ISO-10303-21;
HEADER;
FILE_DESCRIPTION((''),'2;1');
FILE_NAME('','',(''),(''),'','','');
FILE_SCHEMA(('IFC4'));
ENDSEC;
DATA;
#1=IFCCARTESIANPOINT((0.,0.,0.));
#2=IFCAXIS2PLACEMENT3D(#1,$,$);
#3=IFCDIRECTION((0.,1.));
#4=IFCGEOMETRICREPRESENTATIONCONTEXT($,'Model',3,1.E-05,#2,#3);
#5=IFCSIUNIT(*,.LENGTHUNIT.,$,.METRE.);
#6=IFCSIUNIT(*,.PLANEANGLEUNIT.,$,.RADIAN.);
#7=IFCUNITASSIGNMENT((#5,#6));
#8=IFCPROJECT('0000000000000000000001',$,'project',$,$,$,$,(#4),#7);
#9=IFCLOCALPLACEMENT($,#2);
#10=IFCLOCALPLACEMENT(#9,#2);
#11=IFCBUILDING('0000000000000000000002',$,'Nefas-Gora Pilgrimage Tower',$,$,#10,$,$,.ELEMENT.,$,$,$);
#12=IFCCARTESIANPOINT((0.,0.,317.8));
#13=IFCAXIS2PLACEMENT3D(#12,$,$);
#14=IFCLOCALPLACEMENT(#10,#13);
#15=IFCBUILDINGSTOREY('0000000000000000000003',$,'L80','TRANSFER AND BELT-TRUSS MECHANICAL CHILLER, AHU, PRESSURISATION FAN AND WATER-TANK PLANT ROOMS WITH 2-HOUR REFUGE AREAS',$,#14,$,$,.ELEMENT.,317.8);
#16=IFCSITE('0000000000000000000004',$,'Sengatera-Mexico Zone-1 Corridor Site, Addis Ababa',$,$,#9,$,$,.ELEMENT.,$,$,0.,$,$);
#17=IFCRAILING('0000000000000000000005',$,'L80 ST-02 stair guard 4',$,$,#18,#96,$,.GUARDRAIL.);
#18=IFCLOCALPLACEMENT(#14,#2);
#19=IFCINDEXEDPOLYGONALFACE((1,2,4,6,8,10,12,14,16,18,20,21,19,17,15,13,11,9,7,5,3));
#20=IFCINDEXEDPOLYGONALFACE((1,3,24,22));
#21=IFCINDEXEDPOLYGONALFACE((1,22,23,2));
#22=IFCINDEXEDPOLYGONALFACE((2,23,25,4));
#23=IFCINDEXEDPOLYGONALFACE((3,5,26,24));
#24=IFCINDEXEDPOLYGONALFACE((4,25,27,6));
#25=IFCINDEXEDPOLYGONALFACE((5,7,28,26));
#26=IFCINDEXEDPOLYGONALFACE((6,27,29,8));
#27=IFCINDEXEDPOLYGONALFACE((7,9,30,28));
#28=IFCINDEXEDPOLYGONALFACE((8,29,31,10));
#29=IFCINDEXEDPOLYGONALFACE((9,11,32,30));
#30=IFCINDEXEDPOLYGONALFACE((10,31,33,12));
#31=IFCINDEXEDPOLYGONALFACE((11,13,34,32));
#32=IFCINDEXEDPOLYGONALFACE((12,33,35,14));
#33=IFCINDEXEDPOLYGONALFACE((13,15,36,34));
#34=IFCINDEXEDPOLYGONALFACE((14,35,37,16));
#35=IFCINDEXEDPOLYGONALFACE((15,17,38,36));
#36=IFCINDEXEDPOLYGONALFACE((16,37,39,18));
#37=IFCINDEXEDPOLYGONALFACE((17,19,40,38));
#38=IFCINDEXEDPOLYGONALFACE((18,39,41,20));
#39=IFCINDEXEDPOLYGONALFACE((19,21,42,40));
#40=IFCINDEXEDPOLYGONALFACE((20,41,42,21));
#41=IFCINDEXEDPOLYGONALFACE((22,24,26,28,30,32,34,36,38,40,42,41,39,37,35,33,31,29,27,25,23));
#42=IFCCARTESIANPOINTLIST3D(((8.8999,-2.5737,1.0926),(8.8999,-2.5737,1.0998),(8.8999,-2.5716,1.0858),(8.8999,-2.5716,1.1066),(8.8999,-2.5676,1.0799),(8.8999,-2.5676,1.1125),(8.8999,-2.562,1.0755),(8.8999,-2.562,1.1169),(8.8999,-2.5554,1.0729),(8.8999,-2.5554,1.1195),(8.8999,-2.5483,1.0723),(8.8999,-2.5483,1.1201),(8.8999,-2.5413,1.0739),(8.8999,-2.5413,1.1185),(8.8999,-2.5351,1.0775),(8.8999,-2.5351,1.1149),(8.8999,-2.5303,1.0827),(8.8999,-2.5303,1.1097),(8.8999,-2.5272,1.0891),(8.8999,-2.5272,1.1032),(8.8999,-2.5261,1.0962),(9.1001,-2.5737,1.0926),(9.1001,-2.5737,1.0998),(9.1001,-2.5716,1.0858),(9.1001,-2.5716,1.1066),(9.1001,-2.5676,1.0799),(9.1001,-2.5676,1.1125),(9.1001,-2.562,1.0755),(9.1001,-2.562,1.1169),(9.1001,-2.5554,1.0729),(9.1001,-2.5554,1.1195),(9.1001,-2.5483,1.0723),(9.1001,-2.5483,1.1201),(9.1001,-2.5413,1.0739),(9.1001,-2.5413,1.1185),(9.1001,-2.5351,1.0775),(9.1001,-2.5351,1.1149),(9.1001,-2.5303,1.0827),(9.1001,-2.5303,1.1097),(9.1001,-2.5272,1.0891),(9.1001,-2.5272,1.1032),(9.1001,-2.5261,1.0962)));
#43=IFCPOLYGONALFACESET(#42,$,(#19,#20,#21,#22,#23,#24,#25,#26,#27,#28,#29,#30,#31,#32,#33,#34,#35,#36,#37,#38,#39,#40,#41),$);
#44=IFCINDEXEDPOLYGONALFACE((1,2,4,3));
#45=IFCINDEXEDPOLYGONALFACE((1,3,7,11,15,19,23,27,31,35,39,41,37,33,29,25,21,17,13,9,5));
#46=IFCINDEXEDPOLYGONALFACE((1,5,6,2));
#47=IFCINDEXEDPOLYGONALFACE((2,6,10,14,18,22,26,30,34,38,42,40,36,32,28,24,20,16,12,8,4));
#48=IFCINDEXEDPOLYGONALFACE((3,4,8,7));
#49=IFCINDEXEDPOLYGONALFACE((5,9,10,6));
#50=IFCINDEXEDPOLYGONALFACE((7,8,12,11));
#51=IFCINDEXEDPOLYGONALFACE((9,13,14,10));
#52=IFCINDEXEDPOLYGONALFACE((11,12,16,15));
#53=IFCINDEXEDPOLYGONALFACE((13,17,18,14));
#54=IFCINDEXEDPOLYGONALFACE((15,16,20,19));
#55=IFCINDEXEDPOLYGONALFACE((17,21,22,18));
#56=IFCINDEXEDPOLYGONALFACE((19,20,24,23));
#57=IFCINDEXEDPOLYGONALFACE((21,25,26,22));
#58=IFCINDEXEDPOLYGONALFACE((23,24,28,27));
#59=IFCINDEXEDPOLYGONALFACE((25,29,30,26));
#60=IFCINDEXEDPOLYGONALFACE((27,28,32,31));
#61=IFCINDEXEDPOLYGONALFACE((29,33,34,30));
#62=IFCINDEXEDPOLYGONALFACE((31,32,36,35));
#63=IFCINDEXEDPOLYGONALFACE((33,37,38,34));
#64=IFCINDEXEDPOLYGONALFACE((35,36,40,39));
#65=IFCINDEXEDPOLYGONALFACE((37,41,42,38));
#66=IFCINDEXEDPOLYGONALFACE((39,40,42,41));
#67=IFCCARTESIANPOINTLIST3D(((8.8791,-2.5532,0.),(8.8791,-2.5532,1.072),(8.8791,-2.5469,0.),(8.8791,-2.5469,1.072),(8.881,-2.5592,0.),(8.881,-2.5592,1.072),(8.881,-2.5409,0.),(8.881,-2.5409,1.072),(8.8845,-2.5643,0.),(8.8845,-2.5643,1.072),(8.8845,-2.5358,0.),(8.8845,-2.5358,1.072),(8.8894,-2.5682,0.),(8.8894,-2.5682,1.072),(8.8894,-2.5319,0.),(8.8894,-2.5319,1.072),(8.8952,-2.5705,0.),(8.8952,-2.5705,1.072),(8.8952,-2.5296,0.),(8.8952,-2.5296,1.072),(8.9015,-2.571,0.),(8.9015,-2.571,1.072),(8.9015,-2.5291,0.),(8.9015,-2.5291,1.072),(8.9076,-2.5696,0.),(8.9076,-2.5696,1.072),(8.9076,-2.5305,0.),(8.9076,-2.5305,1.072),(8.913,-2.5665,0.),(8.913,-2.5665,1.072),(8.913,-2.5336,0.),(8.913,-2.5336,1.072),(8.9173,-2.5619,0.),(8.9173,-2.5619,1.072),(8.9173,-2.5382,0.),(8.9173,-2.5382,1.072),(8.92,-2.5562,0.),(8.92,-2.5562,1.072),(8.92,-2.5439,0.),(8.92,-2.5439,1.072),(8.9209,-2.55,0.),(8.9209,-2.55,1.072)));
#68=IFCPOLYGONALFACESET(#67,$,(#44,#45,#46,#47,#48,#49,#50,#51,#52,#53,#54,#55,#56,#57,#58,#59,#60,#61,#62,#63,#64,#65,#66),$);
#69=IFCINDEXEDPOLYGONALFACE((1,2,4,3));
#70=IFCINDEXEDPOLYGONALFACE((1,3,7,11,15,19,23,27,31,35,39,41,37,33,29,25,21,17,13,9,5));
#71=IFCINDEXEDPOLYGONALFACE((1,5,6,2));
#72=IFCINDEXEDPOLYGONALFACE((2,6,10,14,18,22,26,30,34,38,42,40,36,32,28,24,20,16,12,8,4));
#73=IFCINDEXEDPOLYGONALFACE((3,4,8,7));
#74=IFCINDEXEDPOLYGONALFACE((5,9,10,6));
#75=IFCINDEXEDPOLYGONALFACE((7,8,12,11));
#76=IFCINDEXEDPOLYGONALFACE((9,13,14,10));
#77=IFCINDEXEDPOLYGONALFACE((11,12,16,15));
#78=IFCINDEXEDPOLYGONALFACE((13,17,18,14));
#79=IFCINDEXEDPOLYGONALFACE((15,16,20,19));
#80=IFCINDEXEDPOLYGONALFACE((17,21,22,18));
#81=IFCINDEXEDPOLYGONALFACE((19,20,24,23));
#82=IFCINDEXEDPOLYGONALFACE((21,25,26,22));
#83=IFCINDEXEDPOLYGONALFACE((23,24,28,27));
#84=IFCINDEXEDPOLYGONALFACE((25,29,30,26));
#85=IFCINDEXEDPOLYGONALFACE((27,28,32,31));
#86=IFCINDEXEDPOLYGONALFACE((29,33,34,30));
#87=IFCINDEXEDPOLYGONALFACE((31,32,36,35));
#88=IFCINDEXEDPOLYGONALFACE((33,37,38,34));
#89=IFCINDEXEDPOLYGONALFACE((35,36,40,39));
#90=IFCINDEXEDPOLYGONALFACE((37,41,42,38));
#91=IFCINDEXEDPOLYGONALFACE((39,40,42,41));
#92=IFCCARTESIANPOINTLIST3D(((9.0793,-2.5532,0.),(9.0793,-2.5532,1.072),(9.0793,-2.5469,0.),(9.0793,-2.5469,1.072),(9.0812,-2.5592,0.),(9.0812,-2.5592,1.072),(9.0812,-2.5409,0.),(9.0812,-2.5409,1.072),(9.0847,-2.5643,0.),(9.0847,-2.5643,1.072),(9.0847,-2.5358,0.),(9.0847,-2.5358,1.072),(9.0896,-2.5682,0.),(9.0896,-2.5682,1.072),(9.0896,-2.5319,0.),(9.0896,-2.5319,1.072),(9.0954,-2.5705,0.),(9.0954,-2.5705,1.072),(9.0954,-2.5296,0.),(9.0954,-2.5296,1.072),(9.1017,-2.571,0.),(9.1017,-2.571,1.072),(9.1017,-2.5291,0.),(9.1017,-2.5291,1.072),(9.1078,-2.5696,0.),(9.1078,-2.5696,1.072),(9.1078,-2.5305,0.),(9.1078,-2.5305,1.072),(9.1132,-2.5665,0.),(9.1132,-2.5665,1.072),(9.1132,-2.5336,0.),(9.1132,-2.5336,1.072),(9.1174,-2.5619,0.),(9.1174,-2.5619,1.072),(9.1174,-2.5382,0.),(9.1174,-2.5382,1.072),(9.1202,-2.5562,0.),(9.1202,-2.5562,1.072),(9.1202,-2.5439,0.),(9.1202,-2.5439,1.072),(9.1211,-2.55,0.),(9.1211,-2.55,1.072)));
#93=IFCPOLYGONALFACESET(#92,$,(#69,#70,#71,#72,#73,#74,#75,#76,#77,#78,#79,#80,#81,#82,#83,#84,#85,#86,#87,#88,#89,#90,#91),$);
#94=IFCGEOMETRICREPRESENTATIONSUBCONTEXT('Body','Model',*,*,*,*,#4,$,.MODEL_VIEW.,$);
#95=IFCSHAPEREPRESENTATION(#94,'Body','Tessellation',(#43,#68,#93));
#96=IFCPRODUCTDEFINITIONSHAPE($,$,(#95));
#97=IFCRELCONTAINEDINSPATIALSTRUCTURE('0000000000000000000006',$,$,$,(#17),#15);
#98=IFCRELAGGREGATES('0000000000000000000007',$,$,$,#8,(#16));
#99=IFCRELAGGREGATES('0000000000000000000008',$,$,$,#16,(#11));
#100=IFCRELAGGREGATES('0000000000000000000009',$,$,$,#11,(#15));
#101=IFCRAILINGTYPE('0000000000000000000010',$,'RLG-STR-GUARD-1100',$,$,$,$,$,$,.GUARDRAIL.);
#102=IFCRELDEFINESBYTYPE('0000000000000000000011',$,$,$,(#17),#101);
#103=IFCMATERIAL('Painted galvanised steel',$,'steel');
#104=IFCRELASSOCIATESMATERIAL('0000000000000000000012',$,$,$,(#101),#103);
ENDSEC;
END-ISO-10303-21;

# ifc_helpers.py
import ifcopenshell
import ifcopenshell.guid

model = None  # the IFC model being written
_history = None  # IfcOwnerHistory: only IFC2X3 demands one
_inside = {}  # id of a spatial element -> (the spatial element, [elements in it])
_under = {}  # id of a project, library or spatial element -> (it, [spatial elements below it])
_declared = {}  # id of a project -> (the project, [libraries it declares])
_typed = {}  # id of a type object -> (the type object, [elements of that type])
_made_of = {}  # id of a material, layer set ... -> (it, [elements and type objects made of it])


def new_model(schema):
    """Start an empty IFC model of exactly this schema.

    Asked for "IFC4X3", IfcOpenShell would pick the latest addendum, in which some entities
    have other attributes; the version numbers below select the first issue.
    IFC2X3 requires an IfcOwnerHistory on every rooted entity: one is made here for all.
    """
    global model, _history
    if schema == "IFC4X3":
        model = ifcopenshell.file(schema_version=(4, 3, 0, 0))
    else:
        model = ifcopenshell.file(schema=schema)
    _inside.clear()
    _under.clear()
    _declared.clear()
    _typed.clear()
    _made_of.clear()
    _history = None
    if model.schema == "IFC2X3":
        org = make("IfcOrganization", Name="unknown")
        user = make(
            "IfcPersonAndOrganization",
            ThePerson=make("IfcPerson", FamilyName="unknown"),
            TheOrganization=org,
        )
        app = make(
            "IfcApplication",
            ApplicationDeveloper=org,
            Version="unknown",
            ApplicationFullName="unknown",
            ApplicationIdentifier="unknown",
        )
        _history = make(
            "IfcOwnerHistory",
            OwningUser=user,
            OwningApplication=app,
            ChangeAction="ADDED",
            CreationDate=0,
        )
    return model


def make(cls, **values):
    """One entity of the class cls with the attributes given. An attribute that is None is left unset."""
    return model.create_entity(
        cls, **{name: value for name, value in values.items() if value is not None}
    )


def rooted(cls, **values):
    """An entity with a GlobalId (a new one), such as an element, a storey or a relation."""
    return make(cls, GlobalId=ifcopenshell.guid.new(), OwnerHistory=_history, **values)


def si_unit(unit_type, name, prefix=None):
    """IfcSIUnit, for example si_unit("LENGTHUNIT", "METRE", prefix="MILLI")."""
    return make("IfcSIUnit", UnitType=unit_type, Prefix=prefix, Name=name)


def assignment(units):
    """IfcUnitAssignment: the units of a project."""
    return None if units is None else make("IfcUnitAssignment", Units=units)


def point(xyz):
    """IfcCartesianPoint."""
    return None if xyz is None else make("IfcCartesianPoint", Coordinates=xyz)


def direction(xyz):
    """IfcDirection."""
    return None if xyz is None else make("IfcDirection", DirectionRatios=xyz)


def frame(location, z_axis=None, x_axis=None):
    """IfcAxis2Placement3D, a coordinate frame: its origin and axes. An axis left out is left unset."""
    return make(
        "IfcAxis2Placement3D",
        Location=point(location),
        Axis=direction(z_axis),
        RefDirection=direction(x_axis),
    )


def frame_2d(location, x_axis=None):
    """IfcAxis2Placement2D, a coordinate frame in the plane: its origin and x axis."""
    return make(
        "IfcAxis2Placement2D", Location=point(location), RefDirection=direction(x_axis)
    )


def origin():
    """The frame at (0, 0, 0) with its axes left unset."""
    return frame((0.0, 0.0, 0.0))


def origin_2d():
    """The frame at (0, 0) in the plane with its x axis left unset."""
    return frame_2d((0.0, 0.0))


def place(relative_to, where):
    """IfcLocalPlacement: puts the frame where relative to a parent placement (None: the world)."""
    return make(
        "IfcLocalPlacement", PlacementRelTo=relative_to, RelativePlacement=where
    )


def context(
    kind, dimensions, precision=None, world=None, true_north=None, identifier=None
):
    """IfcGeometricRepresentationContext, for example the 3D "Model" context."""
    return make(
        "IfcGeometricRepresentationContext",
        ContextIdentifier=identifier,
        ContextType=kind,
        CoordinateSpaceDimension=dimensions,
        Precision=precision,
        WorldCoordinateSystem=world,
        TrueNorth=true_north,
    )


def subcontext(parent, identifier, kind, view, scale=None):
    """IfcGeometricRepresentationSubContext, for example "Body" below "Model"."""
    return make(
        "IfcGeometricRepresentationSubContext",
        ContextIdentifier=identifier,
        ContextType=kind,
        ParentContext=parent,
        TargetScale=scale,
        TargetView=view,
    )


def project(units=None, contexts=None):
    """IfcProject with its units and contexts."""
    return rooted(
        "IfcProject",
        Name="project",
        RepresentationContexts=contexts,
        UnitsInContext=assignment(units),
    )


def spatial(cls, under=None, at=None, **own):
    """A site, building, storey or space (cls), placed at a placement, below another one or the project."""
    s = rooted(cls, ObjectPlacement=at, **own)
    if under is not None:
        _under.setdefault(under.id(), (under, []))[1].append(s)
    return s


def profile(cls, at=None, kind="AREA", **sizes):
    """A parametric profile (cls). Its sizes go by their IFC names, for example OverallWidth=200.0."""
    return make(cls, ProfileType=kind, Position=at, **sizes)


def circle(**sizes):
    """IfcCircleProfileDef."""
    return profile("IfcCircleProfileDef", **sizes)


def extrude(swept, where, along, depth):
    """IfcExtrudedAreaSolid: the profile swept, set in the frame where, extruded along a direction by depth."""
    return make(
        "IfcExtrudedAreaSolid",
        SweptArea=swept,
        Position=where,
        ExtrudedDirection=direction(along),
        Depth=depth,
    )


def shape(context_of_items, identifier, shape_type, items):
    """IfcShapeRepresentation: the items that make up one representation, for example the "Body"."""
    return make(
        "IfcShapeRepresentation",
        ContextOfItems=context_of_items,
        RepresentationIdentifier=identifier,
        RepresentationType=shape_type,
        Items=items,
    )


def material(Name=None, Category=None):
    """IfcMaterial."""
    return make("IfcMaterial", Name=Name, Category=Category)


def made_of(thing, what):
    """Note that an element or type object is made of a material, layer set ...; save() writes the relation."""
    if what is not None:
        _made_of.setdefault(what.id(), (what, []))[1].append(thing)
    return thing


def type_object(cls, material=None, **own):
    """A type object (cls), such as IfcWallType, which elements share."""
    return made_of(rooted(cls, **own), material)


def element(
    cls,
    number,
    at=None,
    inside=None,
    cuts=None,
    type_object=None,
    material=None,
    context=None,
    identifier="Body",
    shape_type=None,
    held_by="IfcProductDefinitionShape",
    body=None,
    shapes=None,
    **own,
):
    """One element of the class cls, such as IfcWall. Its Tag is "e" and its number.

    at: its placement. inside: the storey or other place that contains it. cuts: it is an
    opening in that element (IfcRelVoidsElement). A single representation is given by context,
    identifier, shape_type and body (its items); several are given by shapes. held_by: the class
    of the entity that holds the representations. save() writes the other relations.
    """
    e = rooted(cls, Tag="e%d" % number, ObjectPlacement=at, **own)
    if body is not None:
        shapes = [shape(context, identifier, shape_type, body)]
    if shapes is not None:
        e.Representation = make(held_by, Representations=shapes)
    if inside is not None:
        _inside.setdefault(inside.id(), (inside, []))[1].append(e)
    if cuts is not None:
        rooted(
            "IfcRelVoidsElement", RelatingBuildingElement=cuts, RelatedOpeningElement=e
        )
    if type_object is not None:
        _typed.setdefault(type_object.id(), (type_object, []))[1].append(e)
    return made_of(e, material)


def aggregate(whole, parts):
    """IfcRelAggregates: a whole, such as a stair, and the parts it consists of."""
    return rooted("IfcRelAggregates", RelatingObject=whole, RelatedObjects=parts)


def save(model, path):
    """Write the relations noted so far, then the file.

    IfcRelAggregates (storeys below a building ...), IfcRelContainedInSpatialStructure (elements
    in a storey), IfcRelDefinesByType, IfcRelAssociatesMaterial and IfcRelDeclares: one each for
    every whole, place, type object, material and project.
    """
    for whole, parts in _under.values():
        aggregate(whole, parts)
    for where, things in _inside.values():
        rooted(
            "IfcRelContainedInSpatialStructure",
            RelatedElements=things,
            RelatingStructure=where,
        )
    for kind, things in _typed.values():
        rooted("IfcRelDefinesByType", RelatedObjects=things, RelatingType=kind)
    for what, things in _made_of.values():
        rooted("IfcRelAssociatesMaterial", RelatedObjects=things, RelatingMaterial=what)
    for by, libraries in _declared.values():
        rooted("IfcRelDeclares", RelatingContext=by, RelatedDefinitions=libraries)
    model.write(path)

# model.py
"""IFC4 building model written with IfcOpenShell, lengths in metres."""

from ifc_helpers import new_model, si_unit, direction, frame, origin, origin_2d, place, context, subcontext, project, spatial, circle, extrude, material, type_object, element, save


model = new_model("IFC4")

# Units and contexts
model_context = context("Model", 3, precision=1e-05, world=origin(), true_north=direction((0.0, 1.0)))
body_context = subcontext(model_context, "Body", "Model", "MODEL_VIEW")
ifc_project = project(units=[si_unit("LENGTHUNIT", "METRE"), si_unit("PLANEANGLEUNIT", "RADIAN")], contexts=[model_context])

# Site, building, storey
site_placement = place(None, origin())
site = spatial("IfcSite", under=ifc_project, at=site_placement, Name="Sengatera-Mexico Zone-1 Corridor Site, Addis Ababa", CompositionType="ELEMENT", RefElevation=0.0)
building_placement = place(site_placement, origin())
building = spatial("IfcBuilding", under=site, at=building_placement, Name="Nefas-Gora Pilgrimage Tower", CompositionType="ELEMENT")
storey_placement = place(building_placement, frame((0.0, 0.0, 317.8)))
storey = spatial("IfcBuildingStorey", under=building, at=storey_placement, Name="L80", Description="TRANSFER AND BELT-TRUSS MECHANICAL CHILLER, AHU, PRESSURISATION FAN AND WATER-TANK PLANT ROOMS WITH 2-HOUR REFUGE AREAS", CompositionType="ELEMENT", Elevation=317.8)

# Railing
ifc_material_1 = material(Name="Painted galvanised steel", Category="steel")
railing_type_1 = type_object("IfcRailingType", Name="RLG-STR-GUARD-1100", PredefinedType="GUARDRAIL", material=ifc_material_1)
railing_1_placement = place(storey_placement, frame((8.8999, -2.55, 0.0)))
element("IfcRailing", 1, at=railing_1_placement, inside=storey, type_object=railing_type_1, Name="L80 ST-02 stair guard 4", PredefinedType="GUARDRAIL", context=body_context, shape_type="SweptSolid", body=[
    extrude(circle(Radius=0.0239, at=origin_2d()), frame((0.0, 0.0, 1.0962), z_axis=(1.0, 0.0, 0.0), x_axis=(0.0, 1.0, 0.0)), (0.0, 0.0, 1.0), 0.2002),
    extrude(circle(Radius=0.021, at=origin_2d()), origin(), (0.0, 0.0, 1.0), 1.072),
    extrude(circle(Radius=0.021, at=origin_2d()), frame((0.2002, 0.0, 0.0)), (0.0, 0.0, 1.0), 1.072),
])

save(model, "model.ifc")
